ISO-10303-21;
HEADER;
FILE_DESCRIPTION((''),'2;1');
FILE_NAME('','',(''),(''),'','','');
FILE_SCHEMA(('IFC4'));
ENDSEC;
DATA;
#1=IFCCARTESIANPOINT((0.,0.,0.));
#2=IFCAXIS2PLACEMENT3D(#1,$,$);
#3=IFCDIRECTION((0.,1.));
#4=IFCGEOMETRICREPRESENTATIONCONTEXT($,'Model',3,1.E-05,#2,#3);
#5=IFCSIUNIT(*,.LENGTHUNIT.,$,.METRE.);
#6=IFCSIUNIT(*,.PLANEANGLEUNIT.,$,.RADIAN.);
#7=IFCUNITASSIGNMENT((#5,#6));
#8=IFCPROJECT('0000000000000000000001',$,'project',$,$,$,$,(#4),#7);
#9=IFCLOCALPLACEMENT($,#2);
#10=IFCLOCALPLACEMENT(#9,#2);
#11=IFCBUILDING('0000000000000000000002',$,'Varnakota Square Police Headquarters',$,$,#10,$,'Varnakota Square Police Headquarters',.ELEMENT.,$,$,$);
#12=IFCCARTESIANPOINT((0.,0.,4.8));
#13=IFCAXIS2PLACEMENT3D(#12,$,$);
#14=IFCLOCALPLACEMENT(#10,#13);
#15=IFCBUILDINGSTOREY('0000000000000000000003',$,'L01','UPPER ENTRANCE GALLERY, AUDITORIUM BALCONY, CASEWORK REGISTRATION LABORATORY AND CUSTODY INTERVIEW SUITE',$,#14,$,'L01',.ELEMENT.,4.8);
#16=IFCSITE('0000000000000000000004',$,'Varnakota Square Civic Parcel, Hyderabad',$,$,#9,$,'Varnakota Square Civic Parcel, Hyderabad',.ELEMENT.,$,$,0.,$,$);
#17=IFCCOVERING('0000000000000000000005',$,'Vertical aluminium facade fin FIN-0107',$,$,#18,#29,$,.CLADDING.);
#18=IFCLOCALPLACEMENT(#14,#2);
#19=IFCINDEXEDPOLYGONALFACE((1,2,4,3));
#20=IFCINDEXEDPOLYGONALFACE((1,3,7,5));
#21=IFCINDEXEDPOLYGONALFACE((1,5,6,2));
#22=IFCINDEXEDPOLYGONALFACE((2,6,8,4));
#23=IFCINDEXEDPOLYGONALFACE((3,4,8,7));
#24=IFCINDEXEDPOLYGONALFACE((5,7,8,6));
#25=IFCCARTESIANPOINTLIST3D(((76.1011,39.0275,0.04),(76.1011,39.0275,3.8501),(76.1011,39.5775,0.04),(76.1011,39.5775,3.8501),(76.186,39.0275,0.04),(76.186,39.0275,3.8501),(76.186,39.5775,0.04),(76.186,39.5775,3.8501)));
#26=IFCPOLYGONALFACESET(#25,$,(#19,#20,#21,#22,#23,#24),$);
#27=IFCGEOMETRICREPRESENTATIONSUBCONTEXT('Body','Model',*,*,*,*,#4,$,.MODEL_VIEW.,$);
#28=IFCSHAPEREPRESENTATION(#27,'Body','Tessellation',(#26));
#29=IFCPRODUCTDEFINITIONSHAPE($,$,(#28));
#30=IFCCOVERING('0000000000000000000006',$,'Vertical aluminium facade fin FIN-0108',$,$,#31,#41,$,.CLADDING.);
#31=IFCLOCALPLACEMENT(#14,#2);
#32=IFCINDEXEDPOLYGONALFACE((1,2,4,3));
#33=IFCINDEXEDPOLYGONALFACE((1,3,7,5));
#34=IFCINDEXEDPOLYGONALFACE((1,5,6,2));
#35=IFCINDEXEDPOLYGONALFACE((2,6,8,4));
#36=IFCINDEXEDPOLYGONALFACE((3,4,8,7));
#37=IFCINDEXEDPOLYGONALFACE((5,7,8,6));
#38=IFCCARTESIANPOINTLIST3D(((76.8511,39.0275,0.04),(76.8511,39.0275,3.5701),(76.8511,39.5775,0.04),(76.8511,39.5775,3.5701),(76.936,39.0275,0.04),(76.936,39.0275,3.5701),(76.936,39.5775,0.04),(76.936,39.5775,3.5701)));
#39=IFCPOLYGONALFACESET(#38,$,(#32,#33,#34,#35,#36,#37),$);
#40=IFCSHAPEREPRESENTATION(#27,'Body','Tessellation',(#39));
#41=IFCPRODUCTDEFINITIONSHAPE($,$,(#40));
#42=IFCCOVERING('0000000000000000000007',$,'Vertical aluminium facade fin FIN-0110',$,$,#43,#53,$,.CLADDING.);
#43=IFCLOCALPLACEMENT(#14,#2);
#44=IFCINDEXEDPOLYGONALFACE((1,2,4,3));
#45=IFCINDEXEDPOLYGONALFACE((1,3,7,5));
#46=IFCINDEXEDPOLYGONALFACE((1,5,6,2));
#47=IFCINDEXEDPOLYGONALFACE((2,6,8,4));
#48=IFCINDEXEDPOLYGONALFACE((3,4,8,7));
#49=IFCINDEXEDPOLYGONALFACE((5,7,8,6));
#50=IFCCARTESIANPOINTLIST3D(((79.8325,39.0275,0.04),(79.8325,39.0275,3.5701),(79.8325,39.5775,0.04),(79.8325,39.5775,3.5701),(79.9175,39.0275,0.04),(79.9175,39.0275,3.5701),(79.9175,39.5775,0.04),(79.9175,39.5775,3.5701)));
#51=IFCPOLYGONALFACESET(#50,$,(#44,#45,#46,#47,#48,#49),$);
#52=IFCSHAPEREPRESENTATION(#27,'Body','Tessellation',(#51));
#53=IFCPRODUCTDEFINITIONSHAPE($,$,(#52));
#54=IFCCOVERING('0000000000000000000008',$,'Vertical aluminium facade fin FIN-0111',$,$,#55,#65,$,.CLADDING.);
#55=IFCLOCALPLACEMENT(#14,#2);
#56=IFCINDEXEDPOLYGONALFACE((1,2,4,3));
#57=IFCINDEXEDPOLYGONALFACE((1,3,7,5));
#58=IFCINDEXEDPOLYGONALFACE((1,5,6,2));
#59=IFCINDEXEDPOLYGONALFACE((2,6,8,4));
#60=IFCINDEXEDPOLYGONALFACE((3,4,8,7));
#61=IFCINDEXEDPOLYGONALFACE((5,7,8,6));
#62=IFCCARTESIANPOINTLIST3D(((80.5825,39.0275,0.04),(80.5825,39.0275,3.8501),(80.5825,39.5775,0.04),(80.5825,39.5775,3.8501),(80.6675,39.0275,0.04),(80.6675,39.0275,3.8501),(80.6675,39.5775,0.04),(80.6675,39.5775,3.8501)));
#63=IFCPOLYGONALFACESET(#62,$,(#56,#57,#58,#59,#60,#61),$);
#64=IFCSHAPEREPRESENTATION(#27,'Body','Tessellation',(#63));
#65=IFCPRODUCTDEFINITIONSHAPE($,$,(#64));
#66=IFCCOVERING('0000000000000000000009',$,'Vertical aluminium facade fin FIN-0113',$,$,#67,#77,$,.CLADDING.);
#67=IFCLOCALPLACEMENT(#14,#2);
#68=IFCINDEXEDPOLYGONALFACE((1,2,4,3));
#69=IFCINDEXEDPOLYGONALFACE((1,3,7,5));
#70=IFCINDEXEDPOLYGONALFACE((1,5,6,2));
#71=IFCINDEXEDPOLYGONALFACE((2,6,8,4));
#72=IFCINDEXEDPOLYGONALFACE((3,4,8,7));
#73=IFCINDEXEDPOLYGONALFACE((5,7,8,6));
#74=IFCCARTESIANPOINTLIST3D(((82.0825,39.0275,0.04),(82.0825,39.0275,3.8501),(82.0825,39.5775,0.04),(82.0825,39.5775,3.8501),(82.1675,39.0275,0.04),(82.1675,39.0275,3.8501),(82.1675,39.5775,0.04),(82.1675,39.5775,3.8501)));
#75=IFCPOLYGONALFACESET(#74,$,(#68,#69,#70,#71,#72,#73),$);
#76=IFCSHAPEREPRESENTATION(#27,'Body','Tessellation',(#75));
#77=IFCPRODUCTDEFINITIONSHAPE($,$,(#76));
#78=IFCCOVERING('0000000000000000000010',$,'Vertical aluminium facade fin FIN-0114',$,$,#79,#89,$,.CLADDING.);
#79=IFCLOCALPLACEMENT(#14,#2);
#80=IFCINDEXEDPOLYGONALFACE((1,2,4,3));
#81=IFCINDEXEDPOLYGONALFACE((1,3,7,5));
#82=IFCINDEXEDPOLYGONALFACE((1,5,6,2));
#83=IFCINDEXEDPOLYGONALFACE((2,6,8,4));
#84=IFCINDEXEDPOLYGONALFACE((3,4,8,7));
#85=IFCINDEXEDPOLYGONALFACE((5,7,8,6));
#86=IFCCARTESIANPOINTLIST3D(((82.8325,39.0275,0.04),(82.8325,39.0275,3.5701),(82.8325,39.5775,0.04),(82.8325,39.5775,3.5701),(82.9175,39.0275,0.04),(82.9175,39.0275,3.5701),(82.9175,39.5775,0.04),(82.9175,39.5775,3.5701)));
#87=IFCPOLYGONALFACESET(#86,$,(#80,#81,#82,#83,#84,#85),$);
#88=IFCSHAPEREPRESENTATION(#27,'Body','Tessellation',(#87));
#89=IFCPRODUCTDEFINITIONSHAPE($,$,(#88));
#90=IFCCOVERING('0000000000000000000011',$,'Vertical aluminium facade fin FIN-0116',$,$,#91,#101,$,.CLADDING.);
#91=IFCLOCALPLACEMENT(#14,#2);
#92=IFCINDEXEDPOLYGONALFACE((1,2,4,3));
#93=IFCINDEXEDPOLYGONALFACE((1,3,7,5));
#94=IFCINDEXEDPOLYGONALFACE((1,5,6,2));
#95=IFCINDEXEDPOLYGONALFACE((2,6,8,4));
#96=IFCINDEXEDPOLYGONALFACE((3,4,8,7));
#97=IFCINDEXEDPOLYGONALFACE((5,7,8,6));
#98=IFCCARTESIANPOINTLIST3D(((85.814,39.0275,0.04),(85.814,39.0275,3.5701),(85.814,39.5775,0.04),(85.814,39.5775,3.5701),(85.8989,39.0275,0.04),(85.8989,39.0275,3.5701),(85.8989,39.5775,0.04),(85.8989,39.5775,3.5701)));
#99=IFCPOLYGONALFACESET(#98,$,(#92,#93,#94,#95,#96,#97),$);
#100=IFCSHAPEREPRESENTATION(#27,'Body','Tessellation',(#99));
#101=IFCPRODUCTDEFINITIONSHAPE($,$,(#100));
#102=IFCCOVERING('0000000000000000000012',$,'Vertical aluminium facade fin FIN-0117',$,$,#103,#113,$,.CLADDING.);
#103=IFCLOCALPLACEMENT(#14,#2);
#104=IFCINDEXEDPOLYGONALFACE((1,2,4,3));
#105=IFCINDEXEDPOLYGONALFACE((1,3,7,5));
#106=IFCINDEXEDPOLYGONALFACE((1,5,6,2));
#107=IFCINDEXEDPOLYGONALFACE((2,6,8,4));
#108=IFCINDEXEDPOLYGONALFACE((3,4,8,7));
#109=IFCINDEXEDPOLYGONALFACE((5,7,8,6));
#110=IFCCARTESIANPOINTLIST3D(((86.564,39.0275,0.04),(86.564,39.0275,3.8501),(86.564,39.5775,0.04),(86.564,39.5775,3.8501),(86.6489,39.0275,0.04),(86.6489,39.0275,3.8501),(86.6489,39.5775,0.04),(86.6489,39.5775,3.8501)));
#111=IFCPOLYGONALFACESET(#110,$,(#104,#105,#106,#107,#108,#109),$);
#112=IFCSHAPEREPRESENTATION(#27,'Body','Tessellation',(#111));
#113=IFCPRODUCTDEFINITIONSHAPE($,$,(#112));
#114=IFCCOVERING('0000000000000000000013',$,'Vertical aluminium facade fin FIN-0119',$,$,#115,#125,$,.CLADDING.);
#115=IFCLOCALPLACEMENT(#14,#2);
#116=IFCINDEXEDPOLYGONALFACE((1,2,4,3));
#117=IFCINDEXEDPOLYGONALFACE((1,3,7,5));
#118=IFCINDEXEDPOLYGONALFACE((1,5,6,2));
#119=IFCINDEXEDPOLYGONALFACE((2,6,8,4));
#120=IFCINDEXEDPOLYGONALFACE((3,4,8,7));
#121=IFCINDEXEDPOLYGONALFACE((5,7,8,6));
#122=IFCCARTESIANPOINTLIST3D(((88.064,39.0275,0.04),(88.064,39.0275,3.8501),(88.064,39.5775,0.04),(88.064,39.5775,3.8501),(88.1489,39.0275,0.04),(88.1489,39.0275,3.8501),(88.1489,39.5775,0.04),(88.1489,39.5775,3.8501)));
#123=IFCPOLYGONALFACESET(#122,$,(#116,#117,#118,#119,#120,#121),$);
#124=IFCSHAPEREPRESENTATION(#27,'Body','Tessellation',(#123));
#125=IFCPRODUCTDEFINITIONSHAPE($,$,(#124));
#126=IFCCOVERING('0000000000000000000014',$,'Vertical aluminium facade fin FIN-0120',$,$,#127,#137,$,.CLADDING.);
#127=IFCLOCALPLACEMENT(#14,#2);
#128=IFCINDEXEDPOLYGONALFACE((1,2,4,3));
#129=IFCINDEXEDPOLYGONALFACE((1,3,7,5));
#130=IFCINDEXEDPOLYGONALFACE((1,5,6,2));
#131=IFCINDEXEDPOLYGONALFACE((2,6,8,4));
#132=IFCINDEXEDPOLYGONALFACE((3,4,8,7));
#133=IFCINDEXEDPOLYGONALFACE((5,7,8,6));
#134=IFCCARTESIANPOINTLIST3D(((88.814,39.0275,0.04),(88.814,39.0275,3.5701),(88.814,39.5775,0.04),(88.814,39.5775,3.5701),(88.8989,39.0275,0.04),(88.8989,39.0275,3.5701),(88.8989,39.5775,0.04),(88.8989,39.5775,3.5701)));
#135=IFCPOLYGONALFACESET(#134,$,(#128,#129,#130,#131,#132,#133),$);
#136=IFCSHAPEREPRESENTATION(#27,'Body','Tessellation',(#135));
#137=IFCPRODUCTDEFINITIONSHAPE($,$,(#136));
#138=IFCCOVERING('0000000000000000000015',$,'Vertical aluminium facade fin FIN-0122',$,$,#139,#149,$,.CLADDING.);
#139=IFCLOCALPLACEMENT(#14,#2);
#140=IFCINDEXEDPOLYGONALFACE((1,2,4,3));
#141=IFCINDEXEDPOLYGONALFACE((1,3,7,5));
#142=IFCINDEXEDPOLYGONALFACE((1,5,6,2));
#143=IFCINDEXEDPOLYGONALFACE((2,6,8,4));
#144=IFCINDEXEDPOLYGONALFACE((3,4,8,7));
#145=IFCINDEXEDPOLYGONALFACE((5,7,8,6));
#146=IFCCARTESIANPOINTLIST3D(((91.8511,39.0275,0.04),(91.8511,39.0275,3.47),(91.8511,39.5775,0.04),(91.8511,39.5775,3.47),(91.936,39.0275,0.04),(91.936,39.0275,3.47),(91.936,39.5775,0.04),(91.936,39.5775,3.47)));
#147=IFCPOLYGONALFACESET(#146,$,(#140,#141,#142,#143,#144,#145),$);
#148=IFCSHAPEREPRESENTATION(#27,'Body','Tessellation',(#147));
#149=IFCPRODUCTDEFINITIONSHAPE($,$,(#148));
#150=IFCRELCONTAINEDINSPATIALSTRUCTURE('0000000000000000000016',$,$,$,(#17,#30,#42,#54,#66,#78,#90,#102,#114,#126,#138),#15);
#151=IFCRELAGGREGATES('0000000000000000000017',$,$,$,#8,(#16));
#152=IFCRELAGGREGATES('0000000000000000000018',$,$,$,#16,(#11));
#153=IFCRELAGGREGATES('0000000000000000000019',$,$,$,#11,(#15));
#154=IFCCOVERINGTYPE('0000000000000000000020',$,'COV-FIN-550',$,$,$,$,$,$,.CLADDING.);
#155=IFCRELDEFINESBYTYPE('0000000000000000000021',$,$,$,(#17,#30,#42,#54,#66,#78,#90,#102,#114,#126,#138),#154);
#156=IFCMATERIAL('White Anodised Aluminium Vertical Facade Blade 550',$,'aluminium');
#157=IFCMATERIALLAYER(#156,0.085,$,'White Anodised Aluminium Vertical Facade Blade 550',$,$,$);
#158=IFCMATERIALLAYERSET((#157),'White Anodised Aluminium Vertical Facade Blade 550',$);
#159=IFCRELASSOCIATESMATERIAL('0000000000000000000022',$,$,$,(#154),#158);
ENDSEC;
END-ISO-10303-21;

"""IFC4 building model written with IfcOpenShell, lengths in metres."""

from ifc_helpers import new_model, si_unit, direction, frame, origin, origin_2d, place, context, subcontext, project, spatial, rectangle, extrude, material, layer, layer_set, type_object, element, save


model = new_model("IFC4")

# Units and contexts
model_context = context("Model", 3, precision=1e-05, world=origin(), true_north=direction((0.0, 1.0)))
body_context = subcontext(model_context, "Body", "Model", "MODEL_VIEW")
ifc_project = project(units=[si_unit("LENGTHUNIT", "METRE"), si_unit("PLANEANGLEUNIT", "RADIAN")], contexts=[model_context])

# Site, building, storey
site_placement = place(None, origin())
site = spatial("IfcSite", under=ifc_project, at=site_placement, Name="Varnakota Square Civic Parcel, Hyderabad", LongName="Varnakota Square Civic Parcel, Hyderabad", CompositionType="ELEMENT", RefElevation=0.0)
building_placement = place(site_placement, origin())
building = spatial("IfcBuilding", under=site, at=building_placement, Name="Varnakota Square Police Headquarters", LongName="Varnakota Square Police Headquarters", CompositionType="ELEMENT")
storey_placement = place(building_placement, frame((0.0, 0.0, 4.8)))
storey = spatial("IfcBuildingStorey", under=building, at=storey_placement, Name="L01", Description="UPPER ENTRANCE GALLERY, AUDITORIUM BALCONY, CASEWORK REGISTRATION LABORATORY AND CUSTODY INTERVIEW SUITE", LongName="L01", CompositionType="ELEMENT", Elevation=4.8)

# Coverings
ifc_material_1 = material(Name="White Anodised Aluminium Vertical Facade Blade 550", Category="aluminium")
ifc_layer_1 = layer(ifc_material_1, 0.085, Name="White Anodised Aluminium Vertical Facade Blade 550")
ifc_layer_set_1 = layer_set([ifc_layer_1], Name="White Anodised Aluminium Vertical Facade Blade 550")
covering_type_1 = type_object("IfcCoveringType", Name="COV-FIN-550", PredefinedType="CLADDING", material=ifc_layer_set_1)
covering_1_placement = place(storey_placement, frame((76.1436, 39.3025, 0.04), z_axis=(0.0, 0.0, 1.0), x_axis=(1.0, 0.0, 0.0)))
element("IfcCovering", 1, at=covering_1_placement, inside=storey, type_object=covering_type_1, Name="Vertical aluminium facade fin FIN-0107", PredefinedType="CLADDING", context=body_context, shape_type="SweptSolid", body=[
    extrude(rectangle(XDim=0.085, YDim=0.55, at=origin_2d()), origin(), (0.0, 0.0, 1.0), 3.8101),
])
for number, where, z_axis, x_axis, name in (
    (2, (76.8936, 39.3025, 0.04), (0.0, 0.0, 1.0), (1.0, 0.0, 0.0), "Vertical aluminium facade fin FIN-0108"),
    (3, (79.875, 39.3025, 0.04), (0.0, 0.0, 1.0), (1.0, 0.0, 0.0), "Vertical aluminium facade fin FIN-0110"),
):
    element("IfcCovering", number, at=place(storey_placement, frame(where, z_axis=z_axis, x_axis=x_axis)), inside=storey, type_object=covering_type_1, Name=name, PredefinedType="CLADDING", context=body_context, shape_type="SweptSolid", body=[
        extrude(rectangle(XDim=0.085, YDim=0.55, at=origin_2d()), origin(), (0.0, 0.0, 1.0), 3.53),
    ])
for number, where, z_axis, x_axis, name in (
    (4, (80.625, 39.3025, 0.04), (0.0, 0.0, 1.0), (1.0, 0.0, 0.0), "Vertical aluminium facade fin FIN-0111"),
    (5, (82.125, 39.3025, 0.04), (0.0, 0.0, 1.0), (1.0, 0.0, 0.0), "Vertical aluminium facade fin FIN-0113"),
):
    element("IfcCovering", number, at=place(storey_placement, frame(where, z_axis=z_axis, x_axis=x_axis)), inside=storey, type_object=covering_type_1, Name=name, PredefinedType="CLADDING", context=body_context, shape_type="SweptSolid", body=[
        extrude(rectangle(XDim=0.085, YDim=0.55, at=origin_2d()), origin(), (0.0, 0.0, 1.0), 3.8101),
    ])
for number, where, z_axis, x_axis, name in (
    (6, (82.875, 39.3025, 0.04), (0.0, 0.0, 1.0), (1.0, 0.0, 0.0), "Vertical aluminium facade fin FIN-0114"),
    (7, (85.8564, 39.3025, 0.04), (0.0, 0.0, 1.0), (1.0, 0.0, 0.0), "Vertical aluminium facade fin FIN-0116"),
):
    element("IfcCovering", number, at=place(storey_placement, frame(where, z_axis=z_axis, x_axis=x_axis)), inside=storey, type_object=covering_type_1, Name=name, PredefinedType="CLADDING", context=body_context, shape_type="SweptSolid", body=[
        extrude(rectangle(XDim=0.085, YDim=0.55, at=origin_2d()), origin(), (0.0, 0.0, 1.0), 3.53),
    ])
for number, where, z_axis, x_axis, name in (
    (8, (86.6064, 39.3025, 0.04), (0.0, 0.0, 1.0), (1.0, 0.0, 0.0), "Vertical aluminium facade fin FIN-0117"),
    (9, (88.1064, 39.3025, 0.04), (0.0, 0.0, 1.0), (1.0, 0.0, 0.0), "Vertical aluminium facade fin FIN-0119"),
):
    element("IfcCovering", number, at=place(storey_placement, frame(where, z_axis=z_axis, x_axis=x_axis)), inside=storey, type_object=covering_type_1, Name=name, PredefinedType="CLADDING", context=body_context, shape_type="SweptSolid", body=[
        extrude(rectangle(XDim=0.085, YDim=0.55, at=origin_2d()), origin(), (0.0, 0.0, 1.0), 3.8101),
    ])
covering_2_placement = place(storey_placement, frame((88.8564, 39.3025, 0.04), z_axis=(0.0, 0.0, 1.0), x_axis=(1.0, 0.0, 0.0)))
element("IfcCovering", 10, at=covering_2_placement, inside=storey, type_object=covering_type_1, Name="Vertical aluminium facade fin FIN-0120", PredefinedType="CLADDING", context=body_context, shape_type="SweptSolid", body=[
    extrude(rectangle(XDim=0.085, YDim=0.55, at=origin_2d()), origin(), (0.0, 0.0, 1.0), 3.53),
])
covering_3_placement = place(storey_placement, frame((91.8936, 39.3025, 0.04), z_axis=(0.0, 0.0, 1.0), x_axis=(1.0, 0.0, 0.0)))
element("IfcCovering", 11, at=covering_3_placement, inside=storey, type_object=covering_type_1, Name="Vertical aluminium facade fin FIN-0122", PredefinedType="CLADDING", context=body_context, shape_type="SweptSolid", body=[
    extrude(rectangle(XDim=0.085, YDim=0.55, at=origin_2d()), origin(), (0.0, 0.0, 1.0), 3.4299),
])

save(model, "model.ifc")
